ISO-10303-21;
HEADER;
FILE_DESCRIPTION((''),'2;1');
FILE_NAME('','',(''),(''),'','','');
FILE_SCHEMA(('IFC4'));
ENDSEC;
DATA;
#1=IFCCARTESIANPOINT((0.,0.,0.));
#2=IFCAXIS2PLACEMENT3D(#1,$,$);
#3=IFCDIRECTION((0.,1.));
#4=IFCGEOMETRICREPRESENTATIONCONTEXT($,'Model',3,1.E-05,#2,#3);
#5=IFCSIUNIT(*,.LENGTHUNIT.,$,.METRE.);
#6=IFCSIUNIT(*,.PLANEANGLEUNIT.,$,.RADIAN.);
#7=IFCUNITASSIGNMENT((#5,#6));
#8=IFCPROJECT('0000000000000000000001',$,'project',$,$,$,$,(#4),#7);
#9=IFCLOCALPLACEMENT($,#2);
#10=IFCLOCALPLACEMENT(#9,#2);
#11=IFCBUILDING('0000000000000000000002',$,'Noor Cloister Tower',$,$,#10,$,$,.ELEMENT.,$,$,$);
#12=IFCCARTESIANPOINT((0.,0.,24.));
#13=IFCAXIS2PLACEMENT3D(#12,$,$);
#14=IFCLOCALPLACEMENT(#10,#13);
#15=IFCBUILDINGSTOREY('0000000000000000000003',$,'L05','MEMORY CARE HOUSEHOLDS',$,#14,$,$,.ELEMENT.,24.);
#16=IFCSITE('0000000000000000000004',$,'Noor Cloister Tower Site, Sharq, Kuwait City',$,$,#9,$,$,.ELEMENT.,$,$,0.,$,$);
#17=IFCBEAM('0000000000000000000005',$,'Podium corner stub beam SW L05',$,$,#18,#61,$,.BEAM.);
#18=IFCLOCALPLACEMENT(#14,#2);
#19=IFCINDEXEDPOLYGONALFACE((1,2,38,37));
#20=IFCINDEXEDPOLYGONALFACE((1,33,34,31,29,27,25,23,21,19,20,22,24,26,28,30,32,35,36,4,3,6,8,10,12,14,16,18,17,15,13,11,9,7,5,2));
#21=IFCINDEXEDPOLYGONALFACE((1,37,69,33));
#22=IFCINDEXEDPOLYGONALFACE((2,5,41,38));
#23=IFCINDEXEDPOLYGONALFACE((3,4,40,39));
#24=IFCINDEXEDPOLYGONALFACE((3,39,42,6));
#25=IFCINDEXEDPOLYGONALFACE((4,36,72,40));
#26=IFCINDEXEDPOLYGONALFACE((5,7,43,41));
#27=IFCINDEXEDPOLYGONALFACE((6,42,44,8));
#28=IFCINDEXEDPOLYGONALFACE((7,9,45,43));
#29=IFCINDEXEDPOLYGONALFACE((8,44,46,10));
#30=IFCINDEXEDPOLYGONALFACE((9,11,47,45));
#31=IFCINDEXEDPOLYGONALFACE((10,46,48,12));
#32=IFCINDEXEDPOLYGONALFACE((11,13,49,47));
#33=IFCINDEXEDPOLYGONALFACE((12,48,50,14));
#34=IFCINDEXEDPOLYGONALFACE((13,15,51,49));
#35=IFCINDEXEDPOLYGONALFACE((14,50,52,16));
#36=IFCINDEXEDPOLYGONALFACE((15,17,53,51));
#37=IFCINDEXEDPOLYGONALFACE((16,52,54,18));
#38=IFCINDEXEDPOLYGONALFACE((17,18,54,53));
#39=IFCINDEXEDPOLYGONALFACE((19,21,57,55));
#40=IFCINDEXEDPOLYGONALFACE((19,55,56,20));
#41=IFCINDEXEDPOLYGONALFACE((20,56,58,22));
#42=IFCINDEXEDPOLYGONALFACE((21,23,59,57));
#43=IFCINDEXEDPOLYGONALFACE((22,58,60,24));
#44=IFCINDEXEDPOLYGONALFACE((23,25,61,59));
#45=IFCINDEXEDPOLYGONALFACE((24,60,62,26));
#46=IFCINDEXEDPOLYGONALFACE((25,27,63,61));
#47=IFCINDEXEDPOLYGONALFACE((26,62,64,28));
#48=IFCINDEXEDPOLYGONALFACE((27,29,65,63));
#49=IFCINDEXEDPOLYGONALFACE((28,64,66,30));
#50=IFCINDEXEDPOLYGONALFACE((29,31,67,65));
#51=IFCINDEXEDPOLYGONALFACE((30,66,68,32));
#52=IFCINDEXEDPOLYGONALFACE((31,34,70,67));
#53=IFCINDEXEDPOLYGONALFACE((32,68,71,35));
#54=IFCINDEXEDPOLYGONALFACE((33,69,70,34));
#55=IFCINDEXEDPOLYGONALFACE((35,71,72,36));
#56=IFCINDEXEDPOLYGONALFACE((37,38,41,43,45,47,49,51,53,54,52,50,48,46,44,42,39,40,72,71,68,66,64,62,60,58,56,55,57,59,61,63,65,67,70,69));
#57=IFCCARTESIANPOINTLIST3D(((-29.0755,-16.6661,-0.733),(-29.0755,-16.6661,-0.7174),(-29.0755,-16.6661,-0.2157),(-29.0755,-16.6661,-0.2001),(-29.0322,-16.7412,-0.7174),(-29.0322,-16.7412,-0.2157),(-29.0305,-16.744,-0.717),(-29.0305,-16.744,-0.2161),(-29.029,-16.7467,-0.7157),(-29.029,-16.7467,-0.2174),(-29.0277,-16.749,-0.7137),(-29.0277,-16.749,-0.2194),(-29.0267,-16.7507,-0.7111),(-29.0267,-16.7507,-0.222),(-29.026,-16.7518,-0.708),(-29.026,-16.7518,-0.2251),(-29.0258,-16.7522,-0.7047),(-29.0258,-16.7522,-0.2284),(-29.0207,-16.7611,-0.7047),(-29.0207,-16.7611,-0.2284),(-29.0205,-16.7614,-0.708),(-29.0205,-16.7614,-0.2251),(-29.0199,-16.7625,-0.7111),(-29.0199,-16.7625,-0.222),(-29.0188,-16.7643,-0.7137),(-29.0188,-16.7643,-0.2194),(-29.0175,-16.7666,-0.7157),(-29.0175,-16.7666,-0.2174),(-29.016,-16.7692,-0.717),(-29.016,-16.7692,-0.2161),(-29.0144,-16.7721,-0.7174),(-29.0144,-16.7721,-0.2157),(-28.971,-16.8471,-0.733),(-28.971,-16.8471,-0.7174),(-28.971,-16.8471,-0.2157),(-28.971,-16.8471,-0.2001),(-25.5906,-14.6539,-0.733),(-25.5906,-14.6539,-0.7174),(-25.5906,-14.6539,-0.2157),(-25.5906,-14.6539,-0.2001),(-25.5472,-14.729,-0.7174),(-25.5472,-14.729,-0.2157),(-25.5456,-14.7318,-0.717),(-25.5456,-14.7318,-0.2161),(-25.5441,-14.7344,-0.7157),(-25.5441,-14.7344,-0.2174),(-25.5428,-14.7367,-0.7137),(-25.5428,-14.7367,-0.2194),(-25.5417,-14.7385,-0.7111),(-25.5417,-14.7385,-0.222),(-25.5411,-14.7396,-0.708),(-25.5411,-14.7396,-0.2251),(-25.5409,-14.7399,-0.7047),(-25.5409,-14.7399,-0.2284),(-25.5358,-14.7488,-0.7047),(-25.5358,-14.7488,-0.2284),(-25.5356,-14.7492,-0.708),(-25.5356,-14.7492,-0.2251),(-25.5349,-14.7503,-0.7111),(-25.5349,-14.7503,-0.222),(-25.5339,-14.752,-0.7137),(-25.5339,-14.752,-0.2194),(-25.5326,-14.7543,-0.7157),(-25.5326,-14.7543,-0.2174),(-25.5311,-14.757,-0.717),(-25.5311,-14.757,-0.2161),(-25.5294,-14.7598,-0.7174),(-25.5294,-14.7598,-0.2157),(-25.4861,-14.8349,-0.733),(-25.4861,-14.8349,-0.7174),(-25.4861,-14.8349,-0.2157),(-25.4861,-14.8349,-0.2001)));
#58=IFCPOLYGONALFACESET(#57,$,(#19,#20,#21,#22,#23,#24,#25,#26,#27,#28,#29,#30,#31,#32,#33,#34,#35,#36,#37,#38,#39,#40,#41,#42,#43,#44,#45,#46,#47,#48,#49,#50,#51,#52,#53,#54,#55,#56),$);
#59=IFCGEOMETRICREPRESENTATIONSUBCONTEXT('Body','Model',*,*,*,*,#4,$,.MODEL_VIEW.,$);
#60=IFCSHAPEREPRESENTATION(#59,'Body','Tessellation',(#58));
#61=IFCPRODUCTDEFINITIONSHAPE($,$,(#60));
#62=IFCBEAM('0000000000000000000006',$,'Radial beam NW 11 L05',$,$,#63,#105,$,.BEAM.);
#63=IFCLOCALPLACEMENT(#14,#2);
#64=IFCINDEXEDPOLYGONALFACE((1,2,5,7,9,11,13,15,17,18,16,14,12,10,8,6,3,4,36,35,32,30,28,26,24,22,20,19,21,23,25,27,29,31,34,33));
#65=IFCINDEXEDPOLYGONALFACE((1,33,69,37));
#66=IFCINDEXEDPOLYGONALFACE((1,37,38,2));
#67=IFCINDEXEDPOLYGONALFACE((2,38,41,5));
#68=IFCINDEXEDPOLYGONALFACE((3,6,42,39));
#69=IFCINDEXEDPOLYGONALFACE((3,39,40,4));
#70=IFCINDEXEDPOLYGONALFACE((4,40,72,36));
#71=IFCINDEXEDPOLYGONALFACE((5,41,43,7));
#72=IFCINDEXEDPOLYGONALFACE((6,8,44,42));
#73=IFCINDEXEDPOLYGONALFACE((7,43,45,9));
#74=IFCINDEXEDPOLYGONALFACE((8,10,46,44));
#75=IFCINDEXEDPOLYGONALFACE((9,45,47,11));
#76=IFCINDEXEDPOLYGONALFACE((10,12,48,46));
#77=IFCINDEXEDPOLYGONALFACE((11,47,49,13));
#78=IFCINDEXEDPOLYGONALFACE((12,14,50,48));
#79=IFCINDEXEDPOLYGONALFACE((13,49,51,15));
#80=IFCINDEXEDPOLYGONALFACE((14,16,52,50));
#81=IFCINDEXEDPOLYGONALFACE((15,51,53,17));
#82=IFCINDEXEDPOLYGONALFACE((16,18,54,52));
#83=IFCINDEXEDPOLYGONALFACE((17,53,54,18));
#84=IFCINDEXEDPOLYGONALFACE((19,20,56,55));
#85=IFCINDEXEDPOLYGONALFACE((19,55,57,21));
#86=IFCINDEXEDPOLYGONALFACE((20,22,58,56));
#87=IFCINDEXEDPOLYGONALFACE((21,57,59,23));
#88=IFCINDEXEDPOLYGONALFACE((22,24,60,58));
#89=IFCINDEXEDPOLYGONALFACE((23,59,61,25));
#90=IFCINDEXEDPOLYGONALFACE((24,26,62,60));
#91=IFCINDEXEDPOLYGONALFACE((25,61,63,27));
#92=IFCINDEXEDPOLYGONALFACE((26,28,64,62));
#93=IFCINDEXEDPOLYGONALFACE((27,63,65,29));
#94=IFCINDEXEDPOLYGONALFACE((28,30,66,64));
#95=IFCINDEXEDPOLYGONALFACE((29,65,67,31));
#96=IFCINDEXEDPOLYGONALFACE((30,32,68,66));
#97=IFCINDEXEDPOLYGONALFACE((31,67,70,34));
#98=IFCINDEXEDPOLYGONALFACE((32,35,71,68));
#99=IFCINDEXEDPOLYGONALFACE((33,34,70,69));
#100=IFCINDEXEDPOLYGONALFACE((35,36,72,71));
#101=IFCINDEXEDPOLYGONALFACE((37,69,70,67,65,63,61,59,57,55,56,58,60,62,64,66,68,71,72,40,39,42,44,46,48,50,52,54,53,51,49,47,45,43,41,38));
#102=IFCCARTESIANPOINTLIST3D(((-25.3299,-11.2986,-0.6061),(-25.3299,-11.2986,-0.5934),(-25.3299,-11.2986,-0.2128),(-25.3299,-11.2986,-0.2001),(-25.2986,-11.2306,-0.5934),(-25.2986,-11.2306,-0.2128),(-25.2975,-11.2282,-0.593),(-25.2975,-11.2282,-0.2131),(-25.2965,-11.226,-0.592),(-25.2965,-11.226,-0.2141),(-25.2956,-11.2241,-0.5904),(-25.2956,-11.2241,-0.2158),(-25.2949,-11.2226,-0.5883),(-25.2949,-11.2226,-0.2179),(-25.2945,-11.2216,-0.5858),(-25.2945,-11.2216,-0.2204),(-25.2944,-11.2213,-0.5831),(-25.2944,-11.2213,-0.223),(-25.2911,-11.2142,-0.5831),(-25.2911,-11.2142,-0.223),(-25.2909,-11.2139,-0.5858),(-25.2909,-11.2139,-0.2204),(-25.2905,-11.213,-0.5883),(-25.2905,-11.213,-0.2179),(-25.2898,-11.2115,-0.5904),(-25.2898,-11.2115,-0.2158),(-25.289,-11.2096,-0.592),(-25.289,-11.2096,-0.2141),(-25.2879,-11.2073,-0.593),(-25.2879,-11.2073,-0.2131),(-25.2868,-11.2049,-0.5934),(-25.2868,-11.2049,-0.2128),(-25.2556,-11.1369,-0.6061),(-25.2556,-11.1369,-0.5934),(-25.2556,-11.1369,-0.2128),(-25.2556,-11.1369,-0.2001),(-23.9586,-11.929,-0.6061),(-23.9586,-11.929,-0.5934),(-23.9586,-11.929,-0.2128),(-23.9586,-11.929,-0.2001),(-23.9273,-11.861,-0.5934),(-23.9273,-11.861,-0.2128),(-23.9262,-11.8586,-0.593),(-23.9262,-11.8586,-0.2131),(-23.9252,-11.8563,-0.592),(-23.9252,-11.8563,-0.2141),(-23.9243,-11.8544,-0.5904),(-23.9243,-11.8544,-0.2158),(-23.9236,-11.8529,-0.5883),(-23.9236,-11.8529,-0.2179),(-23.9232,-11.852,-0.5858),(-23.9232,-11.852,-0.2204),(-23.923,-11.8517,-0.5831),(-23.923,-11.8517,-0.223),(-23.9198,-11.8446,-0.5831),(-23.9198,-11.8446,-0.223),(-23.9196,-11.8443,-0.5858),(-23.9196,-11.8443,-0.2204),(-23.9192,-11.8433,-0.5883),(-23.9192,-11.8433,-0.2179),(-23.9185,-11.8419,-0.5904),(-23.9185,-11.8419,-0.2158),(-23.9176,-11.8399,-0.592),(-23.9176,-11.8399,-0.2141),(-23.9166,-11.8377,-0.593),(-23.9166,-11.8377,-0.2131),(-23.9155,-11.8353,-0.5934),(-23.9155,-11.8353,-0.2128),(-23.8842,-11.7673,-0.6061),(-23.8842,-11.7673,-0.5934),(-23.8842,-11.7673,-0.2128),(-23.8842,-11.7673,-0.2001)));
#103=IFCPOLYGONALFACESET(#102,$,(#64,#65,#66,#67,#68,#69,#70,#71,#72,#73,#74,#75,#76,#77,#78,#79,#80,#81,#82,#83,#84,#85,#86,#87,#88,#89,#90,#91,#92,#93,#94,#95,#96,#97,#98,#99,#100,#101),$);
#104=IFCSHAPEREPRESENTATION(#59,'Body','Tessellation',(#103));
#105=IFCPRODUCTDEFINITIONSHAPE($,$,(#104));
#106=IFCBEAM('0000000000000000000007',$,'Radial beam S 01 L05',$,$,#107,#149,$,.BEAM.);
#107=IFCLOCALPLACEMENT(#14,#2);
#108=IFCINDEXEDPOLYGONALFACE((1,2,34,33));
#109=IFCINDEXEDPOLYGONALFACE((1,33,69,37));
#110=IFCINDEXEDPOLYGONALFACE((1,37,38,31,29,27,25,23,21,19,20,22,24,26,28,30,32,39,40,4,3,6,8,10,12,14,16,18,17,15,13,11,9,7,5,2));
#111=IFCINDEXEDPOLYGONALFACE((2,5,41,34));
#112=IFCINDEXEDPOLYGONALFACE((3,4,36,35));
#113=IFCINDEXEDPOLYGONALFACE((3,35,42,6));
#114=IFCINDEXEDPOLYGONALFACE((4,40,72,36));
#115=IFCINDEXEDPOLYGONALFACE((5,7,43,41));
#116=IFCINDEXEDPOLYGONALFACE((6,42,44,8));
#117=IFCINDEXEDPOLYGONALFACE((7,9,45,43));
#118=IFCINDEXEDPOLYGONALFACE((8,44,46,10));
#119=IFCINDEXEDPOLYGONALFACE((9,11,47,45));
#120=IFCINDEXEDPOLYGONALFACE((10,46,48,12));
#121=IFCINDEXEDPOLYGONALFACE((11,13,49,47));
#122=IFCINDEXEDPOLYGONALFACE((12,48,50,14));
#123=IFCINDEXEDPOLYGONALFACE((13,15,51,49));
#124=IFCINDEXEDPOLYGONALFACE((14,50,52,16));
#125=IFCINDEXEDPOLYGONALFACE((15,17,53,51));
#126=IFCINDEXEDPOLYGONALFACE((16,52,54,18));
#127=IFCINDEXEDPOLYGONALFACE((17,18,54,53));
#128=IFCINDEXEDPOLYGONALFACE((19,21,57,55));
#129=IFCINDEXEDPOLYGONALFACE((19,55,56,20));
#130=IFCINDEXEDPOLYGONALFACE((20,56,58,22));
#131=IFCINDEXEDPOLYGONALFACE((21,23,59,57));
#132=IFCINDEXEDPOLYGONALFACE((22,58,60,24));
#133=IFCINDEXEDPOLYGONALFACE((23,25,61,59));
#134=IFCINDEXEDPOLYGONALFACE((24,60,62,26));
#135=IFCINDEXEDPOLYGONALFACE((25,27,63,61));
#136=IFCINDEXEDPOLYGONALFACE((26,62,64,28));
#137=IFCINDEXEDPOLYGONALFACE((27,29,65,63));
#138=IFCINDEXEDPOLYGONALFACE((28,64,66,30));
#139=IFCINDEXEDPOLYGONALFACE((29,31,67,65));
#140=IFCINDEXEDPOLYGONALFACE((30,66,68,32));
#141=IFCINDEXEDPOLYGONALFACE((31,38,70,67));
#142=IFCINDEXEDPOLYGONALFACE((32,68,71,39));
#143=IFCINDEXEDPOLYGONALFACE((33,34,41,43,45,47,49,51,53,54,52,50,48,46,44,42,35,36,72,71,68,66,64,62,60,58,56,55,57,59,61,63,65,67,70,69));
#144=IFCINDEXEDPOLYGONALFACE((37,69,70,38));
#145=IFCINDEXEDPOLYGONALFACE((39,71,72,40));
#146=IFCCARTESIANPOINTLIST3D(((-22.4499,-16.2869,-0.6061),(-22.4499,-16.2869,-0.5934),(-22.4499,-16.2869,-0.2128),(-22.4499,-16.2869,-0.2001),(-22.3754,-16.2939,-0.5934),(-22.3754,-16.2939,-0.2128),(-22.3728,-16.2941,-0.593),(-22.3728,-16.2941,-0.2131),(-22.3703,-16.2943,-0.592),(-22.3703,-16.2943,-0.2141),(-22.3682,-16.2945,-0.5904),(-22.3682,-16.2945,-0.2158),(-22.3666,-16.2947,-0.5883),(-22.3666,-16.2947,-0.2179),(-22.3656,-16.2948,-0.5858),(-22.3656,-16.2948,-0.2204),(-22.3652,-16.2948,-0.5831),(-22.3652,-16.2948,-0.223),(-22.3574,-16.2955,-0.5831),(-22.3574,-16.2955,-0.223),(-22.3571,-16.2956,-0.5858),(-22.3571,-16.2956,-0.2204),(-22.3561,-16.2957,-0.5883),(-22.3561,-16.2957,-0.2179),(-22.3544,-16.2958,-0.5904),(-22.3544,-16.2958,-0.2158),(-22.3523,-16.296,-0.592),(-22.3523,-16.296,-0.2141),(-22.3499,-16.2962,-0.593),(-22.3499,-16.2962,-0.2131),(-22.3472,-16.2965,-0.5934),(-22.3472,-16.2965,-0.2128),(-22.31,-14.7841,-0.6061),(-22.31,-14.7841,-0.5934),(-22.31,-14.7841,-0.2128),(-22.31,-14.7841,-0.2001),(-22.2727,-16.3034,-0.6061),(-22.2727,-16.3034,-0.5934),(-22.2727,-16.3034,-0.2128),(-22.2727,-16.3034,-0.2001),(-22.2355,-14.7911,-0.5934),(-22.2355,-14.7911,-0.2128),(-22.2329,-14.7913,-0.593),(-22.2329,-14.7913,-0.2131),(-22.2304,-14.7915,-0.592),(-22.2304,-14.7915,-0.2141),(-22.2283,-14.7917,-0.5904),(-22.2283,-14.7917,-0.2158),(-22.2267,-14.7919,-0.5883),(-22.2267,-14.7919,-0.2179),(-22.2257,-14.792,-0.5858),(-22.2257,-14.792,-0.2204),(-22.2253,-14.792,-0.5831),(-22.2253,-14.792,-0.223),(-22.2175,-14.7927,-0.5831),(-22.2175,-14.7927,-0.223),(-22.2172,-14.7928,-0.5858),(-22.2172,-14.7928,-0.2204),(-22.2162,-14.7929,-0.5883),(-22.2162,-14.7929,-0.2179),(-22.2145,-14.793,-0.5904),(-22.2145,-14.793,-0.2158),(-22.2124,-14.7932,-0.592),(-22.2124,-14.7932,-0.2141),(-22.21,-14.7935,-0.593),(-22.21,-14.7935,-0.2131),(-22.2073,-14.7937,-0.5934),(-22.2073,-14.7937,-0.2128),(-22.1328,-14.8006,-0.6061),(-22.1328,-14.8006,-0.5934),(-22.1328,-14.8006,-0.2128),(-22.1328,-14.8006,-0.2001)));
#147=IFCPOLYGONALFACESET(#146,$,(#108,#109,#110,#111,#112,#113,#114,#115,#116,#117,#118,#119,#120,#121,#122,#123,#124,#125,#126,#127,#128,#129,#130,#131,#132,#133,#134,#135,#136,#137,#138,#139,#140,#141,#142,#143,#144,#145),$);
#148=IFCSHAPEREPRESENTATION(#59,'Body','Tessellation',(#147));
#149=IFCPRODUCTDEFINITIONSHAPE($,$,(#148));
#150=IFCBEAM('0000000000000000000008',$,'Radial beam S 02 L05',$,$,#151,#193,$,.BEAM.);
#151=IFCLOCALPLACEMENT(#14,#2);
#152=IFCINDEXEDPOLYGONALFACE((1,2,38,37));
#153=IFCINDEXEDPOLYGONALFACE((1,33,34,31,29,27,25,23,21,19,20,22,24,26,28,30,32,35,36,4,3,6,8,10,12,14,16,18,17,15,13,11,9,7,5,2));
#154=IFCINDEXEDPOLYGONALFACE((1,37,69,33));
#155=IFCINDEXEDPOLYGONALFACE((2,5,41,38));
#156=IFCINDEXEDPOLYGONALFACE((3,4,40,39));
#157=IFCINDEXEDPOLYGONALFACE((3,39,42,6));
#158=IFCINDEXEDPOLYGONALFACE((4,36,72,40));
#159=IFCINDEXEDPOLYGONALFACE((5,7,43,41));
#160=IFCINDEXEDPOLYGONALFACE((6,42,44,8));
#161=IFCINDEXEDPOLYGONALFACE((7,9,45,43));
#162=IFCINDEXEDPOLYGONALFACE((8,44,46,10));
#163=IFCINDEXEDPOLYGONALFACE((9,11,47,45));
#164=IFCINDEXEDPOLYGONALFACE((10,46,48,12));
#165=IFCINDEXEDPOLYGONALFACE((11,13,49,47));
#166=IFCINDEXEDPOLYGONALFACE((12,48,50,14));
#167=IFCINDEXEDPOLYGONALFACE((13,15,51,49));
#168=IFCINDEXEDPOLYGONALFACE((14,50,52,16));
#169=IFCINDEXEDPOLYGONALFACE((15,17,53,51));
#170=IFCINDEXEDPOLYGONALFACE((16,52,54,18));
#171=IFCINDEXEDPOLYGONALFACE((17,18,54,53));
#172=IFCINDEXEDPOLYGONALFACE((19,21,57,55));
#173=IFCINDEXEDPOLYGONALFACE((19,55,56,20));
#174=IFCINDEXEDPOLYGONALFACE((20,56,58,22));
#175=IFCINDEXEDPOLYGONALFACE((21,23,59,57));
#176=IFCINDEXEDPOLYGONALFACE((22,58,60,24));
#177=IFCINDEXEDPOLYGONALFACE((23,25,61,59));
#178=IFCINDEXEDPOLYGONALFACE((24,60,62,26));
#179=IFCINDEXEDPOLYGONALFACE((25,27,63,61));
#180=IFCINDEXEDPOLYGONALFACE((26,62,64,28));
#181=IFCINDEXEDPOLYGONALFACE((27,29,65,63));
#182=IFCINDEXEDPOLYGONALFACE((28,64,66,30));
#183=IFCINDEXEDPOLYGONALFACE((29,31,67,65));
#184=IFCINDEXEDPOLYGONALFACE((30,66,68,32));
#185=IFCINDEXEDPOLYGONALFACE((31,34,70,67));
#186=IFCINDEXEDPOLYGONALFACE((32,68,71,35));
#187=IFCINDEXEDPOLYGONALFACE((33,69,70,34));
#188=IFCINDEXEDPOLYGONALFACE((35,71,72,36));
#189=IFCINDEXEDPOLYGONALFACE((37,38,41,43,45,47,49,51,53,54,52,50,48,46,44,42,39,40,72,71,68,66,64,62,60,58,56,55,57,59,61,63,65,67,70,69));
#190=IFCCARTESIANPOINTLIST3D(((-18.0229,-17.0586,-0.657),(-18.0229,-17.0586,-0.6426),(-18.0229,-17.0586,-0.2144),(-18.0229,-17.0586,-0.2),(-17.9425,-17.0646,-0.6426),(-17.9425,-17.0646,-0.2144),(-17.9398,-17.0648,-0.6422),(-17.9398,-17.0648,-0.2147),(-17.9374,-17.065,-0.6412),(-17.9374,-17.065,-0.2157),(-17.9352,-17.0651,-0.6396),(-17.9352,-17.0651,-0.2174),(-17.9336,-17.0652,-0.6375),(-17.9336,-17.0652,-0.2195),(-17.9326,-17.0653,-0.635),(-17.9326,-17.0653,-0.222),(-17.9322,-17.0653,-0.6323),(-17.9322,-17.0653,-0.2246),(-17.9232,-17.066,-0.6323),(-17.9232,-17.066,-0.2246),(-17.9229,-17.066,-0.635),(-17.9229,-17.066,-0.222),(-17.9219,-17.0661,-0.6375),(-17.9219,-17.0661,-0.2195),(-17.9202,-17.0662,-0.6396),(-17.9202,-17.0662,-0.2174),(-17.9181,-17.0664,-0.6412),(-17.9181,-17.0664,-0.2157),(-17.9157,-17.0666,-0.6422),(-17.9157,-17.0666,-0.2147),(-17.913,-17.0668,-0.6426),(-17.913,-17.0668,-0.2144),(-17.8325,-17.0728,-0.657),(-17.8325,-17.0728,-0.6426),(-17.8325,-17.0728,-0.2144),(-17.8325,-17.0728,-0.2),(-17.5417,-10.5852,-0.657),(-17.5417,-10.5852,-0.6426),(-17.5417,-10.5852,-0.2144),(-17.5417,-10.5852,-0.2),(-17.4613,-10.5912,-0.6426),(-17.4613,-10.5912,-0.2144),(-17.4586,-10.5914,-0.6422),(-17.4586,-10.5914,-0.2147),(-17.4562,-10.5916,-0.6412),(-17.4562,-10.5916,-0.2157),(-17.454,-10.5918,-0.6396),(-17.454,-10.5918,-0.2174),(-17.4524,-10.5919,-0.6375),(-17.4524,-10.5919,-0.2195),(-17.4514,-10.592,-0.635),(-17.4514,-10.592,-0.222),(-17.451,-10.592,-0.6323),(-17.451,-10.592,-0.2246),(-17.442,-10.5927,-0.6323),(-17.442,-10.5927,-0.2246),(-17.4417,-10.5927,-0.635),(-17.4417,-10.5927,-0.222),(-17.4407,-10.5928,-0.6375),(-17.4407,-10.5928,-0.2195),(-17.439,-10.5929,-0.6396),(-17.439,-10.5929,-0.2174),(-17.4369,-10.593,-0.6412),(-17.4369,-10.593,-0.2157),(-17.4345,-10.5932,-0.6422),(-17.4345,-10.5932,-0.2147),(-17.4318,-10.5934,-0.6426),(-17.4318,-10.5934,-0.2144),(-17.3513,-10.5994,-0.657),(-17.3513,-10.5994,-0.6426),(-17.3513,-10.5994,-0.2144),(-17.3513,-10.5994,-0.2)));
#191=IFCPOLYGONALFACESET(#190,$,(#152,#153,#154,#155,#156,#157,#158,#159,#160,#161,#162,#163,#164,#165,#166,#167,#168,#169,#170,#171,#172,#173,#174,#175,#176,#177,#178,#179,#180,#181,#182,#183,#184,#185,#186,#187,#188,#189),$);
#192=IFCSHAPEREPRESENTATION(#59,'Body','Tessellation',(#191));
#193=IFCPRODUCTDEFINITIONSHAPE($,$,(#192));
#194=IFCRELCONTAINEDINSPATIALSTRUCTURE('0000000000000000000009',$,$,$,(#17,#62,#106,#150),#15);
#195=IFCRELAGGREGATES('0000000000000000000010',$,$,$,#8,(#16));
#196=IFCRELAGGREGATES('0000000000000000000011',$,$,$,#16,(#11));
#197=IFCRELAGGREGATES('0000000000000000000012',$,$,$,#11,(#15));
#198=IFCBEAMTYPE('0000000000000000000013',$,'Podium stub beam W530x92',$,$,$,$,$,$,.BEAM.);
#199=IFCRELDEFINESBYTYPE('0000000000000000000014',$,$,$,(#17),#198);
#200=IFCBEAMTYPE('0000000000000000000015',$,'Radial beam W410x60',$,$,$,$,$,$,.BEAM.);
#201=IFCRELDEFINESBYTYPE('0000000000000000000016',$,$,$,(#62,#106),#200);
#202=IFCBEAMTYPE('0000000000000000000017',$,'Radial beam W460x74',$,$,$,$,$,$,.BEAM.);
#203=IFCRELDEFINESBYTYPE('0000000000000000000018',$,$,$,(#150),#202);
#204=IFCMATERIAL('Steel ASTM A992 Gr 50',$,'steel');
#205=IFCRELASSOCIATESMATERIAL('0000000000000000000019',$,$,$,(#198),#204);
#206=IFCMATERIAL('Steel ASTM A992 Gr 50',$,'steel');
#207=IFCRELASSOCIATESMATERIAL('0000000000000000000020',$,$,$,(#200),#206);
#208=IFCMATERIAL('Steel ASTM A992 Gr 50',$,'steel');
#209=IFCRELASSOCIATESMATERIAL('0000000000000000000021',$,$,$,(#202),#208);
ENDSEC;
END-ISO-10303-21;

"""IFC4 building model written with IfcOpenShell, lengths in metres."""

from ifc_helpers import new_model, si_unit, direction, frame, origin, origin_2d, place, context, subcontext, project, spatial, i_section, extrude, material, material_profile, profile_set, type_object, element, save


model = new_model("IFC4")

# Units and contexts
model_context = context("Model", 3, precision=1e-05, world=origin(), true_north=direction((0.0, 1.0)))
body_context = subcontext(model_context, "Body", "Model", "MODEL_VIEW")
ifc_project = project(units=[si_unit("LENGTHUNIT", "METRE"), si_unit("PLANEANGLEUNIT", "RADIAN")], contexts=[model_context])

# Site, building, storey
site_placement = place(None, origin())
site = spatial("IfcSite", under=ifc_project, at=site_placement, Name="Noor Cloister Tower Site, Sharq, Kuwait City", CompositionType="ELEMENT", RefElevation=0.0)
building_placement = place(site_placement, origin())
building = spatial("IfcBuilding", under=site, at=building_placement, Name="Noor Cloister Tower", CompositionType="ELEMENT")
storey_placement = place(building_placement, frame((0.0, 0.0, 24.0)))
storey = spatial("IfcBuildingStorey", under=building, at=storey_placement, Name="L05", Description="MEMORY CARE HOUSEHOLDS", CompositionType="ELEMENT", Elevation=24.0)

# Beams
ifc_material_1 = material(Name="Steel ASTM A992 Gr 50", Category="steel")
ifc_material_profile_1 = material_profile(ifc_material_1, i_section(OverallWidth=0.209, OverallDepth=0.533, WebThickness=0.0103, FlangeThickness=0.0156, FilletRadius=0.0127, at=origin_2d()), Name="W530x92")
ifc_profile_set_1 = profile_set([ifc_material_profile_1], Name="Steel ASTM A992 Gr 50")
beam_type_1 = type_object("IfcBeamType", Name="Podium stub beam W530x92", PredefinedType="BEAM", material=ifc_profile_set_1)
beam_1_placement = place(storey_placement, frame((-25.5383, -14.7444, -0.4666), z_axis=(-0.866002, -0.500041, 0.0), x_axis=(0.500041, -0.866002, 0.0)))
element("IfcBeam", 1, at=beam_1_placement, inside=storey, type_object=beam_type_1, Name="Podium corner stub beam SW L05", PredefinedType="BEAM", context=body_context, shape_type="SweptSolid", body=[
    extrude(i_section(OverallWidth=0.209, OverallDepth=0.533, WebThickness=0.0103, FlangeThickness=0.0156, FilletRadius=0.0127, at=origin_2d()), origin(), (0.0, 0.0, 1.0), 4.0242),
])
ifc_material_2 = material(Name="Steel ASTM A992 Gr 50", Category="steel")
ifc_material_profile_2 = material_profile(ifc_material_2, i_section(OverallWidth=0.178, OverallDepth=0.406, WebThickness=0.0078, FlangeThickness=0.0127, FilletRadius=0.0103, at=origin_2d()), Name="W410x60")
ifc_profile_set_2 = profile_set([ifc_material_profile_2], Name="Steel ASTM A992 Gr 50")
beam_type_2 = type_object("IfcBeamType", Name="Radial beam W410x60", PredefinedType="BEAM", material=ifc_profile_set_2)
for number, where, z_axis, x_axis, name in (
    (2, (-25.2927, -11.2178, -0.4031), (0.908602, -0.417663, 0.0), (0.417663, 0.908602, 0.0), "Radial beam NW 11 L05"),
    (3, (-22.3613, -16.2952, -0.4031), (0.092694, 0.995695, 0.0), (-0.995695, 0.092694, 0.0), "Radial beam S 01 L05"),
):
    element("IfcBeam", number, at=place(storey_placement, frame(where, z_axis=z_axis, x_axis=x_axis)), inside=storey, type_object=beam_type_2, Name=name, PredefinedType="BEAM", context=body_context, shape_type="SweptSolid", body=[
        extrude(i_section(OverallWidth=0.178, OverallDepth=0.406, WebThickness=0.0078, FlangeThickness=0.0127, FilletRadius=0.0103, at=origin_2d()), origin(), (0.0, 0.0, 1.0), 1.5093),
    ])
ifc_material_3 = material(Name="Steel ASTM A992 Gr 50", Category="steel")
ifc_material_profile_3 = material_profile(ifc_material_3, i_section(OverallWidth=0.1909, OverallDepth=0.457, WebThickness=0.009, FlangeThickness=0.0144, FilletRadius=0.0103, at=origin_2d()), Name="W460x74")
ifc_profile_set_3 = profile_set([ifc_material_profile_3], Name="Steel ASTM A992 Gr 50")
beam_type_3 = type_object("IfcBeamType", Name="Radial beam W460x74", PredefinedType="BEAM", material=ifc_profile_set_3)
beam_2_placement = place(storey_placement, frame((-17.9277, -17.0657, -0.4285), z_axis=(0.074131, 0.997249, 0.0), x_axis=(-0.997249, 0.074131, 0.0)))
element("IfcBeam", 4, at=beam_2_placement, inside=storey, type_object=beam_type_3, Name="Radial beam S 02 L05", PredefinedType="BEAM", context=body_context, shape_type="SweptSolid", body=[
    extrude(i_section(OverallWidth=0.1909, OverallDepth=0.457, WebThickness=0.009, FlangeThickness=0.0144, FilletRadius=0.0103, at=origin_2d()), origin(), (0.0, 0.0, 1.0), 6.4912),
])

save(model, "model.ifc")
